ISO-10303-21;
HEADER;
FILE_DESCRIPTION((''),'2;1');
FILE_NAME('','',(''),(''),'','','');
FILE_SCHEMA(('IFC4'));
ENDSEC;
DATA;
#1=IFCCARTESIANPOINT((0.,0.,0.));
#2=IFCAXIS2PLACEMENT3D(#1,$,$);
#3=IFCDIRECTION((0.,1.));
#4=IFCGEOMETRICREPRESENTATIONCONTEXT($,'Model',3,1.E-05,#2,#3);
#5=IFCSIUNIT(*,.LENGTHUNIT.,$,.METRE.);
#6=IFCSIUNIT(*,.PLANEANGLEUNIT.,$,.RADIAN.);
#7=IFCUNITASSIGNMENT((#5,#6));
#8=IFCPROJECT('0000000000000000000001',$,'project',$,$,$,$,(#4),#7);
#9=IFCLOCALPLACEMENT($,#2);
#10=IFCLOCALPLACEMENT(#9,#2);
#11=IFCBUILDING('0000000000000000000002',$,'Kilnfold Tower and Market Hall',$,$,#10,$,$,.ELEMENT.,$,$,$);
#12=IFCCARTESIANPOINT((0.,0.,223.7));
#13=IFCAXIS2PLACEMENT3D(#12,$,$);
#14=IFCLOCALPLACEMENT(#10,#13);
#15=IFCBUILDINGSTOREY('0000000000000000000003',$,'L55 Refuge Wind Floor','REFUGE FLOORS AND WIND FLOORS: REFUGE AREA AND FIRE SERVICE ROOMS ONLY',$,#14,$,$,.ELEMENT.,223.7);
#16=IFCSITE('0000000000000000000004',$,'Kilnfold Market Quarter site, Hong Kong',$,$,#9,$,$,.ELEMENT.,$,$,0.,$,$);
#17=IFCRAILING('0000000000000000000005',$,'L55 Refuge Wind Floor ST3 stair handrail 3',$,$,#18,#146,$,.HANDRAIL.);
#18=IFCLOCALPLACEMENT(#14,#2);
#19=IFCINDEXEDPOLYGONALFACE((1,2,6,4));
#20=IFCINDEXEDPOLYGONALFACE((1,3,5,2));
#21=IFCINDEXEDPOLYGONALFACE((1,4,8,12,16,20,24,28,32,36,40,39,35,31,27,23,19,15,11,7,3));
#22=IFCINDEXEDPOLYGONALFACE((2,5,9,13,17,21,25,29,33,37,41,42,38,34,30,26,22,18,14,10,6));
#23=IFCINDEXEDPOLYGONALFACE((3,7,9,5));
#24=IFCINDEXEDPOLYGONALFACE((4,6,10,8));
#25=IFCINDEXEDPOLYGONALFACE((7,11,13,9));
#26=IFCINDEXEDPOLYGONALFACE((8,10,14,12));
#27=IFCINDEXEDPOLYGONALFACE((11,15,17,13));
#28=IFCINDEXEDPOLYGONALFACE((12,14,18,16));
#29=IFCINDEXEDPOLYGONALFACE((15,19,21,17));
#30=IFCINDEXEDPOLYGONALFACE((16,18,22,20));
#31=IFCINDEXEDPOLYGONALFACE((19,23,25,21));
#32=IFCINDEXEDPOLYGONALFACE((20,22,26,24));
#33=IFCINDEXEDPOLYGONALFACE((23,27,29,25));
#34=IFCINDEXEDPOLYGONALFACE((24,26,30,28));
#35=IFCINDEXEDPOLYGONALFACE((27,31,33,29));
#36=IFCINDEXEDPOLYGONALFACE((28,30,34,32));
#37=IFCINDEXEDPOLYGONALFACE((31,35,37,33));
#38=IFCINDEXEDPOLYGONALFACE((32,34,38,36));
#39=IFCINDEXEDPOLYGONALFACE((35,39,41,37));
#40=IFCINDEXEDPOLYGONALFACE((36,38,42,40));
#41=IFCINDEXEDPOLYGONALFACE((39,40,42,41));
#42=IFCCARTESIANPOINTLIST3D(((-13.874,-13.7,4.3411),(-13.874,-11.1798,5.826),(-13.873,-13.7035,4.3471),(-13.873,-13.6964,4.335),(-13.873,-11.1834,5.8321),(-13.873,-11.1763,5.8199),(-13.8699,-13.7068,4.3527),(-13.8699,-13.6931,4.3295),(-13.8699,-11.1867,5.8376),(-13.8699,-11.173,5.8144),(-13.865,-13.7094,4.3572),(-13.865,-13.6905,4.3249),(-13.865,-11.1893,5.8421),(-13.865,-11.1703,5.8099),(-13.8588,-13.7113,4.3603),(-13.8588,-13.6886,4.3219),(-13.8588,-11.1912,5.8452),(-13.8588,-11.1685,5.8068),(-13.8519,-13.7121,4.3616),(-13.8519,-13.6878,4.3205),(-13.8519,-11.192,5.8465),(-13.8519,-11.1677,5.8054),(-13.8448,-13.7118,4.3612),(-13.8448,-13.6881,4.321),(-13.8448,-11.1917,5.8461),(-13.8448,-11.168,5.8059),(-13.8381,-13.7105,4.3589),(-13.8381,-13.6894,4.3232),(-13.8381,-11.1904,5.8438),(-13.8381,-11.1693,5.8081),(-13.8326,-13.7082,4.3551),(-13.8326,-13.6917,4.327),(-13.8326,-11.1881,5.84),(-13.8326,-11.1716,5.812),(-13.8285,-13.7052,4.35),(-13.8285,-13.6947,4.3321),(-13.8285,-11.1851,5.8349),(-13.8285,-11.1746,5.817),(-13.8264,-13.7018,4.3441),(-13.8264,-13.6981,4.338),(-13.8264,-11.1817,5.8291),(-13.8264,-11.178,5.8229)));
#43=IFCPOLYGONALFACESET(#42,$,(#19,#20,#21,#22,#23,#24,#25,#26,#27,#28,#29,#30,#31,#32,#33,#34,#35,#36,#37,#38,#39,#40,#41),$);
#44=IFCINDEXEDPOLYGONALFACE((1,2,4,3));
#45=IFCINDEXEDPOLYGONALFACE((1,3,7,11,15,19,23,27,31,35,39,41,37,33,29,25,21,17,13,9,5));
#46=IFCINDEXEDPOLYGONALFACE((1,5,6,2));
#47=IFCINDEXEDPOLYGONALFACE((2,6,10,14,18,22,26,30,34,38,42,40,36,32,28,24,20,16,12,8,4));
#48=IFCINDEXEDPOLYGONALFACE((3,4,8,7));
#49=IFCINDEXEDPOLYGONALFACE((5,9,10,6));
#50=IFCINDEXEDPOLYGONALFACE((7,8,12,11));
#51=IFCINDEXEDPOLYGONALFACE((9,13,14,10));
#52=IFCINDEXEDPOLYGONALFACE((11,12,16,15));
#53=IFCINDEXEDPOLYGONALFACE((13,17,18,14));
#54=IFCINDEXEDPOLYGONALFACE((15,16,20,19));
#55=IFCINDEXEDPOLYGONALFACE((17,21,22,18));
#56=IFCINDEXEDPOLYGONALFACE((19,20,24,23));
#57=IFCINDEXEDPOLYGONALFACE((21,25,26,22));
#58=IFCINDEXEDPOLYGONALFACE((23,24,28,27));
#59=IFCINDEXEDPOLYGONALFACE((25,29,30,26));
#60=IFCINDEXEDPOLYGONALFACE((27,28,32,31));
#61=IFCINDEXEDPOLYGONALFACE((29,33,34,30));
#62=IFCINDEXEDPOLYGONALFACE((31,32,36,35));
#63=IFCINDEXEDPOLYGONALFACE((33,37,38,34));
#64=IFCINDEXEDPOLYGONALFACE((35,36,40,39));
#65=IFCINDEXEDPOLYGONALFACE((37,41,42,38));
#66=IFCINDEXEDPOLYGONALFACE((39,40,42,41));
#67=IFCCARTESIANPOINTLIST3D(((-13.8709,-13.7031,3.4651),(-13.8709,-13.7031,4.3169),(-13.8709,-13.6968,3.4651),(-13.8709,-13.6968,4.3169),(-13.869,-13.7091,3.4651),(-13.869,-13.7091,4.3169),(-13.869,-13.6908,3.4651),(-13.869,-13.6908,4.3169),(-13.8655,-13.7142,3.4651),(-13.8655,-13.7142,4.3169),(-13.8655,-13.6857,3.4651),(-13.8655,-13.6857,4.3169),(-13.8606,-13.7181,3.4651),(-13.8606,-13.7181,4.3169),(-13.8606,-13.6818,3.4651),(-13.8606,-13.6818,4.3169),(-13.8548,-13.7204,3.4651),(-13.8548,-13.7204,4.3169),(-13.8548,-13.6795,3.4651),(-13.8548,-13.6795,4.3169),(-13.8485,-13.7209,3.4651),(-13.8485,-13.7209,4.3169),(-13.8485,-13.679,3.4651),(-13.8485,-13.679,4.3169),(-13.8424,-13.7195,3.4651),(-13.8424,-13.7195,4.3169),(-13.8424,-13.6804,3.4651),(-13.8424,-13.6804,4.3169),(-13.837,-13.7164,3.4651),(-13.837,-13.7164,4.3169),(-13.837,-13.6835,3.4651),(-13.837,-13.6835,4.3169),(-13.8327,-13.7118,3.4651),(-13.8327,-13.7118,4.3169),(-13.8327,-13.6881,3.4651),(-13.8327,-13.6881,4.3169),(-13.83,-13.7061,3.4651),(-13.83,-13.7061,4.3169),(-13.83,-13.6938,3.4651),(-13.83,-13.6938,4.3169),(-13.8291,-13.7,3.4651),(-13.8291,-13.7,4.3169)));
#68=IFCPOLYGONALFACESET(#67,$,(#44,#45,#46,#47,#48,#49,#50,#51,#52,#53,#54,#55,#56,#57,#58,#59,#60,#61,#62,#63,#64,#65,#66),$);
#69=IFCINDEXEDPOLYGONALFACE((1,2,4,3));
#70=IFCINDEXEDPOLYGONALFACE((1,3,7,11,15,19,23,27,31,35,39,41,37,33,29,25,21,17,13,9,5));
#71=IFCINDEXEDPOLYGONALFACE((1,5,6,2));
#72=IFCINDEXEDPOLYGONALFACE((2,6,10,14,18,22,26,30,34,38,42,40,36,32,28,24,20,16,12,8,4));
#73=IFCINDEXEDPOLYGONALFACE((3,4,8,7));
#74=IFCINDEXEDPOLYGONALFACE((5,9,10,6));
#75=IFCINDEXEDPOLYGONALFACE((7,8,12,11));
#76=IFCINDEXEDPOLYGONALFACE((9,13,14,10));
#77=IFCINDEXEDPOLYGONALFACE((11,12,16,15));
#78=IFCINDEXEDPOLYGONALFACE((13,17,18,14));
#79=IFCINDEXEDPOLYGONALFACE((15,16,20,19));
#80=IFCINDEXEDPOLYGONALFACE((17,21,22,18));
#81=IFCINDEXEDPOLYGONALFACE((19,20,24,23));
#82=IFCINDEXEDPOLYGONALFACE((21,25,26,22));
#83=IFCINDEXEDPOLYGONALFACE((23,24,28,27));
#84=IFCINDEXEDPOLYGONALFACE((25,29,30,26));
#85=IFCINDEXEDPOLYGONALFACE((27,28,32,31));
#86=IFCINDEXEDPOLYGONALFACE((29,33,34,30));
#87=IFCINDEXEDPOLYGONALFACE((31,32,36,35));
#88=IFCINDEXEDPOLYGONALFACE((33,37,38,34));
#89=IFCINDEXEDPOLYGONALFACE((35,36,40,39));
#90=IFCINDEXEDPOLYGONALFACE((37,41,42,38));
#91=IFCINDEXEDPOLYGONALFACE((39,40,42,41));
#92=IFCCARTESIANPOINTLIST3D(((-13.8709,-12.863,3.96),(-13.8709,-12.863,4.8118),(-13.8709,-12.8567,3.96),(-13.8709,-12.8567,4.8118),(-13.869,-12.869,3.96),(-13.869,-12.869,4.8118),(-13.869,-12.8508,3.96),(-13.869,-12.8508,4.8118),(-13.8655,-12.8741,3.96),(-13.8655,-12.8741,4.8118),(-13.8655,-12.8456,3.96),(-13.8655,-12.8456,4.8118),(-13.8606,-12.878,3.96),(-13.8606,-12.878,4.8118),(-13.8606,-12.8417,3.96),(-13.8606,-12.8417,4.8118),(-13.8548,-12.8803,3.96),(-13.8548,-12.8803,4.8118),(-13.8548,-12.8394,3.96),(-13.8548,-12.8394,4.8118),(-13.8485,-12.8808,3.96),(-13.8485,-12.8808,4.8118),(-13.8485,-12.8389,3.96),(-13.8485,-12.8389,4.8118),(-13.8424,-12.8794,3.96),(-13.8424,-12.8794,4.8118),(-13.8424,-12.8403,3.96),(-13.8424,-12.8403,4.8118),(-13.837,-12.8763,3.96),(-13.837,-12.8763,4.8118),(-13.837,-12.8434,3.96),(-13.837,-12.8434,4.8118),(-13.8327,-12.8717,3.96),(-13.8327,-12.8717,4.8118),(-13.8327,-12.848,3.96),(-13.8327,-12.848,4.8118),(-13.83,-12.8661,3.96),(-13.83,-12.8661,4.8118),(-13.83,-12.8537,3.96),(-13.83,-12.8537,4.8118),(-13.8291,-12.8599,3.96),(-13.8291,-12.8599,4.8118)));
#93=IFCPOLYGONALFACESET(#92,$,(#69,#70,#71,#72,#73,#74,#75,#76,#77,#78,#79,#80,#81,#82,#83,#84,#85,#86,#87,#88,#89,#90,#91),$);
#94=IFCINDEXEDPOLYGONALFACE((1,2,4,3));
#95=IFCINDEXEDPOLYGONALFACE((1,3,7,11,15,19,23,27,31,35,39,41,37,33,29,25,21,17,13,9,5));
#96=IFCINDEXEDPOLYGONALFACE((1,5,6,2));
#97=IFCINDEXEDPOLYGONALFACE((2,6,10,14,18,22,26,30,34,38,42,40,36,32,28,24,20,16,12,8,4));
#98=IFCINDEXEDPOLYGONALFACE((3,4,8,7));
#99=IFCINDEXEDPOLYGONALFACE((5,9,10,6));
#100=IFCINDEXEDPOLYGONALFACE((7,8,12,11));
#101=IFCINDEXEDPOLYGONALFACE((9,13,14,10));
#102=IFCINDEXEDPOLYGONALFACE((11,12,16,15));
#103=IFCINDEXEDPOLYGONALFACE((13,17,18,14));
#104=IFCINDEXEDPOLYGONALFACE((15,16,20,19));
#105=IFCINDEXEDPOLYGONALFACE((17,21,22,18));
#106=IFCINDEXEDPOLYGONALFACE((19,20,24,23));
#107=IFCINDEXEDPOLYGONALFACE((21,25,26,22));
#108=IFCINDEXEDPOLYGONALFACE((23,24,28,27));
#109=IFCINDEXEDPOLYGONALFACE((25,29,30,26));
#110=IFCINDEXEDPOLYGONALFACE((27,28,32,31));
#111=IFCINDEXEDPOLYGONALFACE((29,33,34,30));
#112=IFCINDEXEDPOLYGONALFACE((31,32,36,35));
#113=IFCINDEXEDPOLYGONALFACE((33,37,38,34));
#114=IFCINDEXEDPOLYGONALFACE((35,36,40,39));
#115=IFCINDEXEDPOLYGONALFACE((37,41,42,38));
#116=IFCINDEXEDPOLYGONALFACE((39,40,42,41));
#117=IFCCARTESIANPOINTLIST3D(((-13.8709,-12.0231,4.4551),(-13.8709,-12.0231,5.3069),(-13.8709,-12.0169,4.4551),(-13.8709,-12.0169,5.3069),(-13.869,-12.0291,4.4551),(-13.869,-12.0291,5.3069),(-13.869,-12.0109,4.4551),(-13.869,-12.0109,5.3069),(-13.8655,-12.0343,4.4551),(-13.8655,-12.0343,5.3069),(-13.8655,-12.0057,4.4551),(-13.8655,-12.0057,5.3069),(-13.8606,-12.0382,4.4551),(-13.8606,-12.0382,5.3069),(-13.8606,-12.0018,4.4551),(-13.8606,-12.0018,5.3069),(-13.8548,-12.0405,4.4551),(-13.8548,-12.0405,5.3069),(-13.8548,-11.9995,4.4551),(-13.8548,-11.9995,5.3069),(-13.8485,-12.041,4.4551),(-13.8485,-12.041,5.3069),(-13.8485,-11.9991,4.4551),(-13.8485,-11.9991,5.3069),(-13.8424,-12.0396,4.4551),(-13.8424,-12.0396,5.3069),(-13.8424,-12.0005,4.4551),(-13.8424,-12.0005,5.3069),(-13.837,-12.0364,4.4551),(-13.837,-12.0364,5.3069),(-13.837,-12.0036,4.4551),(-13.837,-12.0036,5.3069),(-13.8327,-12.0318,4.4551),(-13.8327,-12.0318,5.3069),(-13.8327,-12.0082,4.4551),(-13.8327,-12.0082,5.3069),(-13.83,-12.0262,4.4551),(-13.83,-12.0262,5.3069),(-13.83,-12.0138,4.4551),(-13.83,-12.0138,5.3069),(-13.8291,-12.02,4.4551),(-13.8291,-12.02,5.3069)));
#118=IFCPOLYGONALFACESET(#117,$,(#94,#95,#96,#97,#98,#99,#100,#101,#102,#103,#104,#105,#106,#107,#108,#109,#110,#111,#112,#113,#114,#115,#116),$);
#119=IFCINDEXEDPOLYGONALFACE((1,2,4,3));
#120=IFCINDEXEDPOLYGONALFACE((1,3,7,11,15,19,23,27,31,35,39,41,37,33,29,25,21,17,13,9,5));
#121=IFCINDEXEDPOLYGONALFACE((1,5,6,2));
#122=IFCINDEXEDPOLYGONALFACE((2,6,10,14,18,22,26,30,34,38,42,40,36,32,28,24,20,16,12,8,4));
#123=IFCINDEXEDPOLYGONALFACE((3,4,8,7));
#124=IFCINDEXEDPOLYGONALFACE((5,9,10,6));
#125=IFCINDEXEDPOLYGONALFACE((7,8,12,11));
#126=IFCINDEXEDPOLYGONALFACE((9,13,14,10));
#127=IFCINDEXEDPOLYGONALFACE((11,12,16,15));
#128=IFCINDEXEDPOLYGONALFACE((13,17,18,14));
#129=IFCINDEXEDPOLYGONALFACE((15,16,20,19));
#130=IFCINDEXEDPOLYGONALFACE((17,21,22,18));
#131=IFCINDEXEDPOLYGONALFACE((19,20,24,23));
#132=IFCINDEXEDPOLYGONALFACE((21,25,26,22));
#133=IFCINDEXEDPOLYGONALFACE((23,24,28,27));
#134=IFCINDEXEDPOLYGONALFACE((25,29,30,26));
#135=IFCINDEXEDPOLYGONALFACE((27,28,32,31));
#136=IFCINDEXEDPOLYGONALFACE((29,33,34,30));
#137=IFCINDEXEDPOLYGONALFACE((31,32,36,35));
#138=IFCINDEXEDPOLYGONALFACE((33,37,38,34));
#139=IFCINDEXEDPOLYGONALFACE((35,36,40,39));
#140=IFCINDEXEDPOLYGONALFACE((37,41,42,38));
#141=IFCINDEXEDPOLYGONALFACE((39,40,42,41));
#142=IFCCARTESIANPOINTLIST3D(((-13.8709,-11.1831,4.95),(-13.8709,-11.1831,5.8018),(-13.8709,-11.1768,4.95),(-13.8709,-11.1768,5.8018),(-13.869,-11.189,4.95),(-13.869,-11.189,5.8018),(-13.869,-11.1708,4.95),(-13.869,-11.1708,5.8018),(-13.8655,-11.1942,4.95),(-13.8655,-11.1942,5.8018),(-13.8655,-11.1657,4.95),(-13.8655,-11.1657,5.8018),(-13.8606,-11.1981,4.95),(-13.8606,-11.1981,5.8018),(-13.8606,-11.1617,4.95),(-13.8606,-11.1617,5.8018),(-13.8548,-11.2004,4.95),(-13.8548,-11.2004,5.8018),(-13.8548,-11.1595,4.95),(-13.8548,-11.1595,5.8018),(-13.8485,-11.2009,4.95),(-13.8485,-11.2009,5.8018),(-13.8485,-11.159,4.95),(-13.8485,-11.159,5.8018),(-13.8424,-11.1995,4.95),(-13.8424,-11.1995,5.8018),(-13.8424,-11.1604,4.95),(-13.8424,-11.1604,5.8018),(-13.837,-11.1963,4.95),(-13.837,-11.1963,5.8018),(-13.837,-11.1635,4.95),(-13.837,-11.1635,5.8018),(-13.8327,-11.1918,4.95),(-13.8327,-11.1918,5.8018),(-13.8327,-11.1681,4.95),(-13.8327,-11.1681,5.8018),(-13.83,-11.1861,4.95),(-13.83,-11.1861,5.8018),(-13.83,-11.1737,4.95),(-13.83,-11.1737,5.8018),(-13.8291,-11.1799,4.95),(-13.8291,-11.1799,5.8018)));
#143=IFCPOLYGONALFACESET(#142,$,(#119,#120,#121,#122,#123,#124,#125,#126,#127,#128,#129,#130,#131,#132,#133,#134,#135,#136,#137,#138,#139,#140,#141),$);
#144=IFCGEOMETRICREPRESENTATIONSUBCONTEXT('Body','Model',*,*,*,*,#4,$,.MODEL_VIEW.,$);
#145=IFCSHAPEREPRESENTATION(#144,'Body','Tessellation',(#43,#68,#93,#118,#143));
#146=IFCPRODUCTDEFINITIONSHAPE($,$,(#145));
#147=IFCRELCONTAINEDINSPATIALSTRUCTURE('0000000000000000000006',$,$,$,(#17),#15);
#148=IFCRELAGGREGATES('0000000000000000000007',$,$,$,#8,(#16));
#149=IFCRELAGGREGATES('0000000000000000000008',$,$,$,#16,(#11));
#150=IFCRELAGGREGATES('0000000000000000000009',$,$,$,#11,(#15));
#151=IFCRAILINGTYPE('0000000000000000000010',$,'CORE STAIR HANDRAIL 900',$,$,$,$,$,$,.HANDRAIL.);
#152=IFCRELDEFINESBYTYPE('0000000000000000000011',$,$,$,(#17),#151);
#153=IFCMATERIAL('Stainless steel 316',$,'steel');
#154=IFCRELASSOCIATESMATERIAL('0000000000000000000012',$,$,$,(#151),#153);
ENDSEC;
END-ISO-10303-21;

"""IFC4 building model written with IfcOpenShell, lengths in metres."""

from ifc_helpers import new_model, si_unit, direction, frame, origin, origin_2d, place, context, subcontext, project, spatial, circle, extrude, material, type_object, element, save


model = new_model("IFC4")

# Units and contexts
model_context = context("Model", 3, precision=1e-05, world=origin(), true_north=direction((0.0, 1.0)))
body_context = subcontext(model_context, "Body", "Model", "MODEL_VIEW")
ifc_project = project(units=[si_unit("LENGTHUNIT", "METRE"), si_unit("PLANEANGLEUNIT", "RADIAN")], contexts=[model_context])

# Site, building, storey
site_placement = place(None, origin())
site = spatial("IfcSite", under=ifc_project, at=site_placement, Name="Kilnfold Market Quarter site, Hong Kong", CompositionType="ELEMENT", RefElevation=0.0)
building_placement = place(site_placement, origin())
building = spatial("IfcBuilding", under=site, at=building_placement, Name="Kilnfold Tower and Market Hall", CompositionType="ELEMENT")
storey_placement = place(building_placement, frame((0.0, 0.0, 223.7)))
storey = spatial("IfcBuildingStorey", under=building, at=storey_placement, Name="L55 Refuge Wind Floor", Description="REFUGE FLOORS AND WIND FLOORS: REFUGE AREA AND FIRE SERVICE ROOMS ONLY", CompositionType="ELEMENT", Elevation=223.7)

# Railing
ifc_material_1 = material(Name="Stainless steel 316", Category="steel")
railing_type = type_object("IfcRailingType", Name="CORE STAIR HANDRAIL 900", PredefinedType="HANDRAIL", material=ifc_material_1)
railing_1_placement = place(storey_placement, frame((-13.8501, -13.7, 3.4651)))
element("IfcRailing", 1, at=railing_1_placement, inside=storey, type_object=railing_type, Name="L55 Refuge Wind Floor ST3 stair handrail 3", PredefinedType="HANDRAIL", context=body_context, shape_type="SweptSolid", body=[
    extrude(circle(Radius=0.0239, at=origin_2d()), frame((0.0, 0.0, 0.876), z_axis=(0.0, 0.861561, 0.507655), x_axis=(-1.0, 0.0, 0.0)), (0.0, 0.0, 1.0), 2.925),
    extrude(circle(Radius=0.021, at=origin_2d()), origin(), (0.0, 0.0, 1.0), 0.8518),
    extrude(circle(Radius=0.021, at=origin_2d()), frame((0.0, 0.8401, 0.4949)), (0.0, 0.0, 1.0), 0.8518),
    extrude(circle(Radius=0.021, at=origin_2d()), frame((0.0, 1.6799, 0.99)), (0.0, 0.0, 1.0), 0.8518),
    extrude(circle(Radius=0.021, at=origin_2d()), frame((0.0, 2.52, 1.4849)), (0.0, 0.0, 1.0), 0.8518),
])

save(model, "model.ifc")
